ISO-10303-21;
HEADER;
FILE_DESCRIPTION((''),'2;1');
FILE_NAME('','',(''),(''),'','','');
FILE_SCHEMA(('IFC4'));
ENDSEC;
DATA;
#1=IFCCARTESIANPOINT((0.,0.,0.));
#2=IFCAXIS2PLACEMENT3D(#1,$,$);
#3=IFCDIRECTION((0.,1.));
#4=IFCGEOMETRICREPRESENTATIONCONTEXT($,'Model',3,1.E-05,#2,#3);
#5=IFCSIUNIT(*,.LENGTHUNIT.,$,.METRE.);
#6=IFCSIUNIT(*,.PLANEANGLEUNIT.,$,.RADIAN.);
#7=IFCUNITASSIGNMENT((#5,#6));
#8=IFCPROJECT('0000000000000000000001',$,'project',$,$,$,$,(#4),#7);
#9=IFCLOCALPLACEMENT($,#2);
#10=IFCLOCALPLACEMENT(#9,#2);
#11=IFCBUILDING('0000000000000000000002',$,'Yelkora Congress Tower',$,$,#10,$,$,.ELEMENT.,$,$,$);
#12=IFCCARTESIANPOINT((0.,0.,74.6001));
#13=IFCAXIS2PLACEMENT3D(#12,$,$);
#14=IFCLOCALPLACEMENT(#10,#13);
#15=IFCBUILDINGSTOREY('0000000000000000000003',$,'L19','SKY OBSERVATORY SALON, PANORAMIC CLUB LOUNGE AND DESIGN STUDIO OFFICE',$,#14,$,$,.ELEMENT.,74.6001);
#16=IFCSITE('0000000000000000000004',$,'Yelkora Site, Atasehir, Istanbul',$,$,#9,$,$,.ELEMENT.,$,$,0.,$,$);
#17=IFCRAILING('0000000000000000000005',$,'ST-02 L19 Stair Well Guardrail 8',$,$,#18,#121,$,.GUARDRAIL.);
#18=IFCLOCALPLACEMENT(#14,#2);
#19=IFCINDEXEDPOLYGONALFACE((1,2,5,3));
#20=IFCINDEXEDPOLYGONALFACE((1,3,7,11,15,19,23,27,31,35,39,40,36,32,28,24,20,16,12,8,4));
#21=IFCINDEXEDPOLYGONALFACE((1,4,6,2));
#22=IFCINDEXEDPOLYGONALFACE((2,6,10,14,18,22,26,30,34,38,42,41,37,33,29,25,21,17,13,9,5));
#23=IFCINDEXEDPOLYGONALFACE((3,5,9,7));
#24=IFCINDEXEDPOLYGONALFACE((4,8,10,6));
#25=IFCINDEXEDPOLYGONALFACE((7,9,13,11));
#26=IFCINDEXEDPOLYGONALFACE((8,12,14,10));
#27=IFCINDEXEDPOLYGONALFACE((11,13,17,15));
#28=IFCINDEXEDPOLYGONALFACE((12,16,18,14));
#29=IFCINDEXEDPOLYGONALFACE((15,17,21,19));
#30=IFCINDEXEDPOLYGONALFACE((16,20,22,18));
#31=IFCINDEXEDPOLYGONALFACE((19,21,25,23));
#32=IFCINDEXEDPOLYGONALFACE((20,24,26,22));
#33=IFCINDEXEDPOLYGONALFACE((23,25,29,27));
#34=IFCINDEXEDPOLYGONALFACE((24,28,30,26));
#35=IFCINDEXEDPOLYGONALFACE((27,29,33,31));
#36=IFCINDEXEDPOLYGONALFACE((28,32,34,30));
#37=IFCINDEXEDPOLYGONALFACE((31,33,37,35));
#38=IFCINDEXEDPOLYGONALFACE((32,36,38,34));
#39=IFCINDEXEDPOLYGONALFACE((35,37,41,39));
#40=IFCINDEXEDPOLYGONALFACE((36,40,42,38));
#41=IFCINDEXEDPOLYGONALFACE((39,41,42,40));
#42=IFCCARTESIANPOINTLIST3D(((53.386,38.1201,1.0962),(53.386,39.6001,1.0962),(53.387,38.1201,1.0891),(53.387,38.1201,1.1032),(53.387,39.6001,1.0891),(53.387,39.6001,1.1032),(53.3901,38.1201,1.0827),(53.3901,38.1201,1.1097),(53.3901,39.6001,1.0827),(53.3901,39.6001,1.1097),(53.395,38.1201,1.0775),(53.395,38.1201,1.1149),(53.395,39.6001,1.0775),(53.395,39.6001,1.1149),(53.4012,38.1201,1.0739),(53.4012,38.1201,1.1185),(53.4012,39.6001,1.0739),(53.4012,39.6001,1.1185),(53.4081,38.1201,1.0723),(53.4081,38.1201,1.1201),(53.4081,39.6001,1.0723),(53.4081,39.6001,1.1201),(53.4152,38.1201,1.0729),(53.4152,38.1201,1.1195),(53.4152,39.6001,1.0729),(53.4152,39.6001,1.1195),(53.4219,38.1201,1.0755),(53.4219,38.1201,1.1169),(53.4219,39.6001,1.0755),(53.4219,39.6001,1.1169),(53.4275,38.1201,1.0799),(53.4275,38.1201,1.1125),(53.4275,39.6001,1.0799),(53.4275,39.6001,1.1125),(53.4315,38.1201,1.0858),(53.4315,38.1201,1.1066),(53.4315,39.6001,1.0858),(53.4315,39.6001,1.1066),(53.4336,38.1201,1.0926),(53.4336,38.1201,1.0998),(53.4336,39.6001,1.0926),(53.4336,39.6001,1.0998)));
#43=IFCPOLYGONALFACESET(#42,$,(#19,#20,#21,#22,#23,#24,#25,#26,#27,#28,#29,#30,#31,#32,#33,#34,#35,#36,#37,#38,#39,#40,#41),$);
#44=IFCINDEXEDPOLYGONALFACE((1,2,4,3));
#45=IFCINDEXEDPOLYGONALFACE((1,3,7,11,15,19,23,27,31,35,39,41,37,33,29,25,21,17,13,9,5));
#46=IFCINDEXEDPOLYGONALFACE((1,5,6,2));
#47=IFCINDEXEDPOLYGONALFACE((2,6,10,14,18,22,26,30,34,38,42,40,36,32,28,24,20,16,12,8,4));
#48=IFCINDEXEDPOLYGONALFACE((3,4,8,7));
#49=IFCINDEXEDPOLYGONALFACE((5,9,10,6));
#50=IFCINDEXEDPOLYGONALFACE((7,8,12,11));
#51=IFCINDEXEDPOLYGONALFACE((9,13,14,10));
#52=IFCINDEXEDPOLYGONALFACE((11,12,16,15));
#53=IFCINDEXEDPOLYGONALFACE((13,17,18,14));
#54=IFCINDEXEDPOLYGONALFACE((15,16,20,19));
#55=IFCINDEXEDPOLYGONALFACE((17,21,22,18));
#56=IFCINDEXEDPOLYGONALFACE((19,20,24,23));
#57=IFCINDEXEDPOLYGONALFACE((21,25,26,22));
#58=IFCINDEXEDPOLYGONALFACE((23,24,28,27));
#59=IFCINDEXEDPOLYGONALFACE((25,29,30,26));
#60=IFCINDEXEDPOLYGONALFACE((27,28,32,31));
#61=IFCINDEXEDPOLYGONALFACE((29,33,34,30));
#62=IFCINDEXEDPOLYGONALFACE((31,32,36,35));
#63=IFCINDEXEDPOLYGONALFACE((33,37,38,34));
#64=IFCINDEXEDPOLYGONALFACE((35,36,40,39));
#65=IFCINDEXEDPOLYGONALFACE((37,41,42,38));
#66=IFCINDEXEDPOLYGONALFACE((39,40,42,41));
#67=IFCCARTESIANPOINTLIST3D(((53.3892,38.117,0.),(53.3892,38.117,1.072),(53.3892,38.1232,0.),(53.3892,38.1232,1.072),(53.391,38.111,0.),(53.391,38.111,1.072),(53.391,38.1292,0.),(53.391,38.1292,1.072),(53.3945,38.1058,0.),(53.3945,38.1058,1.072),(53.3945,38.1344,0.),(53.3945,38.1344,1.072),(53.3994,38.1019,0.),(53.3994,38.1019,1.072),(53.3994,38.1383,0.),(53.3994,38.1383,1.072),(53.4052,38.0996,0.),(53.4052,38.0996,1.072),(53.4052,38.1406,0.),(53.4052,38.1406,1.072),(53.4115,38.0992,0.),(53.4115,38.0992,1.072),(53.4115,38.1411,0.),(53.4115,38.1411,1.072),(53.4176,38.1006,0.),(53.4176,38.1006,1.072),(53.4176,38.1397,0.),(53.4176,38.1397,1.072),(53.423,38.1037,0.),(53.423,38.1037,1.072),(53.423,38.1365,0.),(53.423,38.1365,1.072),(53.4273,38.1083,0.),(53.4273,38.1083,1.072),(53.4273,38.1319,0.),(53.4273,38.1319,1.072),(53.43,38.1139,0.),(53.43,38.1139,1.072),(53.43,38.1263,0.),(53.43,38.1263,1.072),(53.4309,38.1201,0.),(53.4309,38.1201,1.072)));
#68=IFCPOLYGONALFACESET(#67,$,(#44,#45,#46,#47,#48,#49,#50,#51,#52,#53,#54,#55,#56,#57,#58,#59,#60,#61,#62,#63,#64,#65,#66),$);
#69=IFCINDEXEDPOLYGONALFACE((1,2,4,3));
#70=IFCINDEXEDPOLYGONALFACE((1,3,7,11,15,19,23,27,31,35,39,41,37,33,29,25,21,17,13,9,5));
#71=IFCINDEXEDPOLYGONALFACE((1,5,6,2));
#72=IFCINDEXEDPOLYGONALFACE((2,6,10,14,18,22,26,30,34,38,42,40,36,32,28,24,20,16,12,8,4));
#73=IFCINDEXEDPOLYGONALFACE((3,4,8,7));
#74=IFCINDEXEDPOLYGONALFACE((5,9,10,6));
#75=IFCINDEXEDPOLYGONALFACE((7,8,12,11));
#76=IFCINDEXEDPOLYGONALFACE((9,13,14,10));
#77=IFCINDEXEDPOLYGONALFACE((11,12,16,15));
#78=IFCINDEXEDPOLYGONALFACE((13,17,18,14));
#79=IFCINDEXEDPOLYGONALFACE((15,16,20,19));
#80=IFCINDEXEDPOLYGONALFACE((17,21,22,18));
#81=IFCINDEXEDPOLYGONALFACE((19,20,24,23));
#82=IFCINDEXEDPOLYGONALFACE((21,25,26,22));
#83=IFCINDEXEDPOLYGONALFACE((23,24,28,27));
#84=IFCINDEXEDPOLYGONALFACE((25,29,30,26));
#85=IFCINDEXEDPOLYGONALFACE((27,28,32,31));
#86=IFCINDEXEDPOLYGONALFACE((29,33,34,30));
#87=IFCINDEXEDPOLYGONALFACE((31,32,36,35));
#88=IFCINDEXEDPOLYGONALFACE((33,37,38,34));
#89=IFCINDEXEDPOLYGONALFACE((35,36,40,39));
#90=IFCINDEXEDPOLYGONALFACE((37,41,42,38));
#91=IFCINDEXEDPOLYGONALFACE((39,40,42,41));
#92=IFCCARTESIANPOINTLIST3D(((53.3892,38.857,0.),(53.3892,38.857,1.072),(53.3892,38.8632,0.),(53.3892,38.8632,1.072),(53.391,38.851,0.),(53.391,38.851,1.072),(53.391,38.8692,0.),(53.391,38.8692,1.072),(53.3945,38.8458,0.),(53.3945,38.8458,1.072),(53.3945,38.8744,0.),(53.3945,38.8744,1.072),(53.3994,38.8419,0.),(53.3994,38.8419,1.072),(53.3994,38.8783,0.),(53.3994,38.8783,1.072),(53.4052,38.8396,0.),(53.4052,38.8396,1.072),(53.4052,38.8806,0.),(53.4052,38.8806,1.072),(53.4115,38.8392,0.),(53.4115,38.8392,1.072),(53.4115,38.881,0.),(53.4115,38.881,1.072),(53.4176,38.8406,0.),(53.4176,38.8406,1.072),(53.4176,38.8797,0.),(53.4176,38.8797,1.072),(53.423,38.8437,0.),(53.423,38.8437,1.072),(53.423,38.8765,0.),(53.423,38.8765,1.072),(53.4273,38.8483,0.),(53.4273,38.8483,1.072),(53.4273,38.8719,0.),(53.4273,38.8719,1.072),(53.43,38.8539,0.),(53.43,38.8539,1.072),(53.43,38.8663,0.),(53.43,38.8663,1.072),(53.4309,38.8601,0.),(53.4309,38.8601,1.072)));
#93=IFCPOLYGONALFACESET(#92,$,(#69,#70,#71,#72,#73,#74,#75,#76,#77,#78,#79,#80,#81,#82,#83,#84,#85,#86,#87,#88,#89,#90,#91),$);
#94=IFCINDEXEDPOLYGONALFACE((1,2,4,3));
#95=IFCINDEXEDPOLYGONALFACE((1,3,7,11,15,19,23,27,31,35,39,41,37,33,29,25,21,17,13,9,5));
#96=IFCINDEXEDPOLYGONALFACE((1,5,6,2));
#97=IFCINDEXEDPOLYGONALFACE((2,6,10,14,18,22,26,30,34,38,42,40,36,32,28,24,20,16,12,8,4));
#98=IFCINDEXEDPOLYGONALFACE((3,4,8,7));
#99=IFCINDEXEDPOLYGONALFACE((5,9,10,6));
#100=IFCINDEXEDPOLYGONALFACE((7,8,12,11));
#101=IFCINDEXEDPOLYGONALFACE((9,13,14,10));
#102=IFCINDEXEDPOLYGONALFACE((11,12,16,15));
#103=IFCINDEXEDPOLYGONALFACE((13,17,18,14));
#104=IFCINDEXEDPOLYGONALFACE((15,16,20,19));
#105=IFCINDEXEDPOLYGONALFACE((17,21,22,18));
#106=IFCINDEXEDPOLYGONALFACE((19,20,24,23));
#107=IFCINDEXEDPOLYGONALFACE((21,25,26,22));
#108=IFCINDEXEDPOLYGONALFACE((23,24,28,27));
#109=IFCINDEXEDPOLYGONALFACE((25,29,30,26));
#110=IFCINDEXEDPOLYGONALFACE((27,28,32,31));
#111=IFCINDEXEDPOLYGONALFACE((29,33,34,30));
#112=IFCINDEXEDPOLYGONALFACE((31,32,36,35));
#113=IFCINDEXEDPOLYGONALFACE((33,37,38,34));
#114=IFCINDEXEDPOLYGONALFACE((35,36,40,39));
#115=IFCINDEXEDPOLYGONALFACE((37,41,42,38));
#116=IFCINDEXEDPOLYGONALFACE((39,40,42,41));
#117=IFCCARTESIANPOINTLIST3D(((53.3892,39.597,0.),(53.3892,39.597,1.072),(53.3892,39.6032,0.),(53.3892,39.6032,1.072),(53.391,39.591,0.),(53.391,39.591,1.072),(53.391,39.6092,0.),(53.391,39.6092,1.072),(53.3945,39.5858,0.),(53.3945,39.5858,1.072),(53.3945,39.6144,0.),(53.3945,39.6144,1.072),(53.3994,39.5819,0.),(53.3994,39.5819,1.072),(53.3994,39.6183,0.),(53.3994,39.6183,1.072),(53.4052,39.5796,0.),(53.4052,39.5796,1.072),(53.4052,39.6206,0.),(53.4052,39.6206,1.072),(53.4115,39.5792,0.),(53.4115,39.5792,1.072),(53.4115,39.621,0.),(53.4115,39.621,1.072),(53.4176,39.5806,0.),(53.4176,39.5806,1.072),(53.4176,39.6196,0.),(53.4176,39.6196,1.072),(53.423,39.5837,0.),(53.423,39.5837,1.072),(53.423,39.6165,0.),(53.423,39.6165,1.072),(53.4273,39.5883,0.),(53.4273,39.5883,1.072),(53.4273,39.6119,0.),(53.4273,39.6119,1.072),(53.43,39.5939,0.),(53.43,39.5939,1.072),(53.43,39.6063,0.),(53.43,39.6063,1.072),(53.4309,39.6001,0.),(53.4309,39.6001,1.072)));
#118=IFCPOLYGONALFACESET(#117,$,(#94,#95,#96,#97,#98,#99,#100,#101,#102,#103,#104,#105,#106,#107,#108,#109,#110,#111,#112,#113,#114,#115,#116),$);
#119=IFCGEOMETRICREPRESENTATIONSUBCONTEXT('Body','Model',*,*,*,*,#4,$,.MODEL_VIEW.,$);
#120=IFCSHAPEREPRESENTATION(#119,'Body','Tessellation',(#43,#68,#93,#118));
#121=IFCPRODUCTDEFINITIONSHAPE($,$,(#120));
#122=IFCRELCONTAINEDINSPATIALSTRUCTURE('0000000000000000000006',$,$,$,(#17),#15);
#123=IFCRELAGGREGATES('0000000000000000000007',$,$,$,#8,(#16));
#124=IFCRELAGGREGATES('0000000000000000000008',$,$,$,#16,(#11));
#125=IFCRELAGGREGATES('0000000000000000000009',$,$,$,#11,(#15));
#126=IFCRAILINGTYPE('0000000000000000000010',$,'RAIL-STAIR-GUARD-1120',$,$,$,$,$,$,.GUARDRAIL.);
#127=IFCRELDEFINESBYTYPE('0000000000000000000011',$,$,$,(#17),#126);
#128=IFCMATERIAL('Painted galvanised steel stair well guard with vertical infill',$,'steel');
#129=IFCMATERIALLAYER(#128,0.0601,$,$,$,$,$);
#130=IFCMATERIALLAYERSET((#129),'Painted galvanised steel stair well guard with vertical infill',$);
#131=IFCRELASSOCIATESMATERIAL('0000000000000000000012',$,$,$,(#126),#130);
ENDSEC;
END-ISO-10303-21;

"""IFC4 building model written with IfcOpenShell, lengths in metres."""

from ifc_helpers import new_model, si_unit, direction, frame, origin, origin_2d, place, context, subcontext, project, spatial, circle, extrude, material, layer, layer_set, type_object, element, save


model = new_model("IFC4")

# Units and contexts
model_context = context("Model", 3, precision=1e-05, world=origin(), true_north=direction((0.0, 1.0)))
body_context = subcontext(model_context, "Body", "Model", "MODEL_VIEW")
ifc_project = project(units=[si_unit("LENGTHUNIT", "METRE"), si_unit("PLANEANGLEUNIT", "RADIAN")], contexts=[model_context])

# Site, building, storey
site_placement = place(None, origin())
site = spatial("IfcSite", under=ifc_project, at=site_placement, Name="Yelkora Site, Atasehir, Istanbul", CompositionType="ELEMENT", RefElevation=0.0)
building_placement = place(site_placement, origin())
building = spatial("IfcBuilding", under=site, at=building_placement, Name="Yelkora Congress Tower", CompositionType="ELEMENT")
storey_placement = place(building_placement, frame((0.0, 0.0, 74.6001)))
storey = spatial("IfcBuildingStorey", under=building, at=storey_placement, Name="L19", Description="SKY OBSERVATORY SALON, PANORAMIC CLUB LOUNGE AND DESIGN STUDIO OFFICE", CompositionType="ELEMENT", Elevation=74.6001)

# Railing
ifc_material_1 = material(Name="Painted galvanised steel stair well guard with vertical infill", Category="steel")
ifc_layer_1 = layer(ifc_material_1, 0.0601)
ifc_layer_set_1 = layer_set([ifc_layer_1], Name="Painted galvanised steel stair well guard with vertical infill")
railing_type_1 = type_object("IfcRailingType", Name="RAIL-STAIR-GUARD-1120", PredefinedType="GUARDRAIL", material=ifc_layer_set_1)
railing_1_placement = place(storey_placement, frame((53.4099, 38.1201, 0.0)))
element("IfcRailing", 1, at=railing_1_placement, inside=storey, type_object=railing_type_1, Name="ST-02 L19 Stair Well Guardrail 8", PredefinedType="GUARDRAIL", context=body_context, shape_type="SweptSolid", body=[
    extrude(circle(Radius=0.0239, at=origin_2d()), frame((0.0, 0.0, 1.0962), z_axis=(0.0, 1.0, 0.0), x_axis=(-1.0, 0.0, 0.0)), (0.0, 0.0, 1.0), 1.48),
    extrude(circle(Radius=0.021, at=origin_2d()), origin(), (0.0, 0.0, 1.0), 1.072),
    extrude(circle(Radius=0.021, at=origin_2d()), frame((0.0, 0.74, 0.0)), (0.0, 0.0, 1.0), 1.072),
    extrude(circle(Radius=0.021, at=origin_2d()), frame((0.0, 1.48, 0.0)), (0.0, 0.0, 1.0), 1.072),
])

save(model, "model.ifc")
